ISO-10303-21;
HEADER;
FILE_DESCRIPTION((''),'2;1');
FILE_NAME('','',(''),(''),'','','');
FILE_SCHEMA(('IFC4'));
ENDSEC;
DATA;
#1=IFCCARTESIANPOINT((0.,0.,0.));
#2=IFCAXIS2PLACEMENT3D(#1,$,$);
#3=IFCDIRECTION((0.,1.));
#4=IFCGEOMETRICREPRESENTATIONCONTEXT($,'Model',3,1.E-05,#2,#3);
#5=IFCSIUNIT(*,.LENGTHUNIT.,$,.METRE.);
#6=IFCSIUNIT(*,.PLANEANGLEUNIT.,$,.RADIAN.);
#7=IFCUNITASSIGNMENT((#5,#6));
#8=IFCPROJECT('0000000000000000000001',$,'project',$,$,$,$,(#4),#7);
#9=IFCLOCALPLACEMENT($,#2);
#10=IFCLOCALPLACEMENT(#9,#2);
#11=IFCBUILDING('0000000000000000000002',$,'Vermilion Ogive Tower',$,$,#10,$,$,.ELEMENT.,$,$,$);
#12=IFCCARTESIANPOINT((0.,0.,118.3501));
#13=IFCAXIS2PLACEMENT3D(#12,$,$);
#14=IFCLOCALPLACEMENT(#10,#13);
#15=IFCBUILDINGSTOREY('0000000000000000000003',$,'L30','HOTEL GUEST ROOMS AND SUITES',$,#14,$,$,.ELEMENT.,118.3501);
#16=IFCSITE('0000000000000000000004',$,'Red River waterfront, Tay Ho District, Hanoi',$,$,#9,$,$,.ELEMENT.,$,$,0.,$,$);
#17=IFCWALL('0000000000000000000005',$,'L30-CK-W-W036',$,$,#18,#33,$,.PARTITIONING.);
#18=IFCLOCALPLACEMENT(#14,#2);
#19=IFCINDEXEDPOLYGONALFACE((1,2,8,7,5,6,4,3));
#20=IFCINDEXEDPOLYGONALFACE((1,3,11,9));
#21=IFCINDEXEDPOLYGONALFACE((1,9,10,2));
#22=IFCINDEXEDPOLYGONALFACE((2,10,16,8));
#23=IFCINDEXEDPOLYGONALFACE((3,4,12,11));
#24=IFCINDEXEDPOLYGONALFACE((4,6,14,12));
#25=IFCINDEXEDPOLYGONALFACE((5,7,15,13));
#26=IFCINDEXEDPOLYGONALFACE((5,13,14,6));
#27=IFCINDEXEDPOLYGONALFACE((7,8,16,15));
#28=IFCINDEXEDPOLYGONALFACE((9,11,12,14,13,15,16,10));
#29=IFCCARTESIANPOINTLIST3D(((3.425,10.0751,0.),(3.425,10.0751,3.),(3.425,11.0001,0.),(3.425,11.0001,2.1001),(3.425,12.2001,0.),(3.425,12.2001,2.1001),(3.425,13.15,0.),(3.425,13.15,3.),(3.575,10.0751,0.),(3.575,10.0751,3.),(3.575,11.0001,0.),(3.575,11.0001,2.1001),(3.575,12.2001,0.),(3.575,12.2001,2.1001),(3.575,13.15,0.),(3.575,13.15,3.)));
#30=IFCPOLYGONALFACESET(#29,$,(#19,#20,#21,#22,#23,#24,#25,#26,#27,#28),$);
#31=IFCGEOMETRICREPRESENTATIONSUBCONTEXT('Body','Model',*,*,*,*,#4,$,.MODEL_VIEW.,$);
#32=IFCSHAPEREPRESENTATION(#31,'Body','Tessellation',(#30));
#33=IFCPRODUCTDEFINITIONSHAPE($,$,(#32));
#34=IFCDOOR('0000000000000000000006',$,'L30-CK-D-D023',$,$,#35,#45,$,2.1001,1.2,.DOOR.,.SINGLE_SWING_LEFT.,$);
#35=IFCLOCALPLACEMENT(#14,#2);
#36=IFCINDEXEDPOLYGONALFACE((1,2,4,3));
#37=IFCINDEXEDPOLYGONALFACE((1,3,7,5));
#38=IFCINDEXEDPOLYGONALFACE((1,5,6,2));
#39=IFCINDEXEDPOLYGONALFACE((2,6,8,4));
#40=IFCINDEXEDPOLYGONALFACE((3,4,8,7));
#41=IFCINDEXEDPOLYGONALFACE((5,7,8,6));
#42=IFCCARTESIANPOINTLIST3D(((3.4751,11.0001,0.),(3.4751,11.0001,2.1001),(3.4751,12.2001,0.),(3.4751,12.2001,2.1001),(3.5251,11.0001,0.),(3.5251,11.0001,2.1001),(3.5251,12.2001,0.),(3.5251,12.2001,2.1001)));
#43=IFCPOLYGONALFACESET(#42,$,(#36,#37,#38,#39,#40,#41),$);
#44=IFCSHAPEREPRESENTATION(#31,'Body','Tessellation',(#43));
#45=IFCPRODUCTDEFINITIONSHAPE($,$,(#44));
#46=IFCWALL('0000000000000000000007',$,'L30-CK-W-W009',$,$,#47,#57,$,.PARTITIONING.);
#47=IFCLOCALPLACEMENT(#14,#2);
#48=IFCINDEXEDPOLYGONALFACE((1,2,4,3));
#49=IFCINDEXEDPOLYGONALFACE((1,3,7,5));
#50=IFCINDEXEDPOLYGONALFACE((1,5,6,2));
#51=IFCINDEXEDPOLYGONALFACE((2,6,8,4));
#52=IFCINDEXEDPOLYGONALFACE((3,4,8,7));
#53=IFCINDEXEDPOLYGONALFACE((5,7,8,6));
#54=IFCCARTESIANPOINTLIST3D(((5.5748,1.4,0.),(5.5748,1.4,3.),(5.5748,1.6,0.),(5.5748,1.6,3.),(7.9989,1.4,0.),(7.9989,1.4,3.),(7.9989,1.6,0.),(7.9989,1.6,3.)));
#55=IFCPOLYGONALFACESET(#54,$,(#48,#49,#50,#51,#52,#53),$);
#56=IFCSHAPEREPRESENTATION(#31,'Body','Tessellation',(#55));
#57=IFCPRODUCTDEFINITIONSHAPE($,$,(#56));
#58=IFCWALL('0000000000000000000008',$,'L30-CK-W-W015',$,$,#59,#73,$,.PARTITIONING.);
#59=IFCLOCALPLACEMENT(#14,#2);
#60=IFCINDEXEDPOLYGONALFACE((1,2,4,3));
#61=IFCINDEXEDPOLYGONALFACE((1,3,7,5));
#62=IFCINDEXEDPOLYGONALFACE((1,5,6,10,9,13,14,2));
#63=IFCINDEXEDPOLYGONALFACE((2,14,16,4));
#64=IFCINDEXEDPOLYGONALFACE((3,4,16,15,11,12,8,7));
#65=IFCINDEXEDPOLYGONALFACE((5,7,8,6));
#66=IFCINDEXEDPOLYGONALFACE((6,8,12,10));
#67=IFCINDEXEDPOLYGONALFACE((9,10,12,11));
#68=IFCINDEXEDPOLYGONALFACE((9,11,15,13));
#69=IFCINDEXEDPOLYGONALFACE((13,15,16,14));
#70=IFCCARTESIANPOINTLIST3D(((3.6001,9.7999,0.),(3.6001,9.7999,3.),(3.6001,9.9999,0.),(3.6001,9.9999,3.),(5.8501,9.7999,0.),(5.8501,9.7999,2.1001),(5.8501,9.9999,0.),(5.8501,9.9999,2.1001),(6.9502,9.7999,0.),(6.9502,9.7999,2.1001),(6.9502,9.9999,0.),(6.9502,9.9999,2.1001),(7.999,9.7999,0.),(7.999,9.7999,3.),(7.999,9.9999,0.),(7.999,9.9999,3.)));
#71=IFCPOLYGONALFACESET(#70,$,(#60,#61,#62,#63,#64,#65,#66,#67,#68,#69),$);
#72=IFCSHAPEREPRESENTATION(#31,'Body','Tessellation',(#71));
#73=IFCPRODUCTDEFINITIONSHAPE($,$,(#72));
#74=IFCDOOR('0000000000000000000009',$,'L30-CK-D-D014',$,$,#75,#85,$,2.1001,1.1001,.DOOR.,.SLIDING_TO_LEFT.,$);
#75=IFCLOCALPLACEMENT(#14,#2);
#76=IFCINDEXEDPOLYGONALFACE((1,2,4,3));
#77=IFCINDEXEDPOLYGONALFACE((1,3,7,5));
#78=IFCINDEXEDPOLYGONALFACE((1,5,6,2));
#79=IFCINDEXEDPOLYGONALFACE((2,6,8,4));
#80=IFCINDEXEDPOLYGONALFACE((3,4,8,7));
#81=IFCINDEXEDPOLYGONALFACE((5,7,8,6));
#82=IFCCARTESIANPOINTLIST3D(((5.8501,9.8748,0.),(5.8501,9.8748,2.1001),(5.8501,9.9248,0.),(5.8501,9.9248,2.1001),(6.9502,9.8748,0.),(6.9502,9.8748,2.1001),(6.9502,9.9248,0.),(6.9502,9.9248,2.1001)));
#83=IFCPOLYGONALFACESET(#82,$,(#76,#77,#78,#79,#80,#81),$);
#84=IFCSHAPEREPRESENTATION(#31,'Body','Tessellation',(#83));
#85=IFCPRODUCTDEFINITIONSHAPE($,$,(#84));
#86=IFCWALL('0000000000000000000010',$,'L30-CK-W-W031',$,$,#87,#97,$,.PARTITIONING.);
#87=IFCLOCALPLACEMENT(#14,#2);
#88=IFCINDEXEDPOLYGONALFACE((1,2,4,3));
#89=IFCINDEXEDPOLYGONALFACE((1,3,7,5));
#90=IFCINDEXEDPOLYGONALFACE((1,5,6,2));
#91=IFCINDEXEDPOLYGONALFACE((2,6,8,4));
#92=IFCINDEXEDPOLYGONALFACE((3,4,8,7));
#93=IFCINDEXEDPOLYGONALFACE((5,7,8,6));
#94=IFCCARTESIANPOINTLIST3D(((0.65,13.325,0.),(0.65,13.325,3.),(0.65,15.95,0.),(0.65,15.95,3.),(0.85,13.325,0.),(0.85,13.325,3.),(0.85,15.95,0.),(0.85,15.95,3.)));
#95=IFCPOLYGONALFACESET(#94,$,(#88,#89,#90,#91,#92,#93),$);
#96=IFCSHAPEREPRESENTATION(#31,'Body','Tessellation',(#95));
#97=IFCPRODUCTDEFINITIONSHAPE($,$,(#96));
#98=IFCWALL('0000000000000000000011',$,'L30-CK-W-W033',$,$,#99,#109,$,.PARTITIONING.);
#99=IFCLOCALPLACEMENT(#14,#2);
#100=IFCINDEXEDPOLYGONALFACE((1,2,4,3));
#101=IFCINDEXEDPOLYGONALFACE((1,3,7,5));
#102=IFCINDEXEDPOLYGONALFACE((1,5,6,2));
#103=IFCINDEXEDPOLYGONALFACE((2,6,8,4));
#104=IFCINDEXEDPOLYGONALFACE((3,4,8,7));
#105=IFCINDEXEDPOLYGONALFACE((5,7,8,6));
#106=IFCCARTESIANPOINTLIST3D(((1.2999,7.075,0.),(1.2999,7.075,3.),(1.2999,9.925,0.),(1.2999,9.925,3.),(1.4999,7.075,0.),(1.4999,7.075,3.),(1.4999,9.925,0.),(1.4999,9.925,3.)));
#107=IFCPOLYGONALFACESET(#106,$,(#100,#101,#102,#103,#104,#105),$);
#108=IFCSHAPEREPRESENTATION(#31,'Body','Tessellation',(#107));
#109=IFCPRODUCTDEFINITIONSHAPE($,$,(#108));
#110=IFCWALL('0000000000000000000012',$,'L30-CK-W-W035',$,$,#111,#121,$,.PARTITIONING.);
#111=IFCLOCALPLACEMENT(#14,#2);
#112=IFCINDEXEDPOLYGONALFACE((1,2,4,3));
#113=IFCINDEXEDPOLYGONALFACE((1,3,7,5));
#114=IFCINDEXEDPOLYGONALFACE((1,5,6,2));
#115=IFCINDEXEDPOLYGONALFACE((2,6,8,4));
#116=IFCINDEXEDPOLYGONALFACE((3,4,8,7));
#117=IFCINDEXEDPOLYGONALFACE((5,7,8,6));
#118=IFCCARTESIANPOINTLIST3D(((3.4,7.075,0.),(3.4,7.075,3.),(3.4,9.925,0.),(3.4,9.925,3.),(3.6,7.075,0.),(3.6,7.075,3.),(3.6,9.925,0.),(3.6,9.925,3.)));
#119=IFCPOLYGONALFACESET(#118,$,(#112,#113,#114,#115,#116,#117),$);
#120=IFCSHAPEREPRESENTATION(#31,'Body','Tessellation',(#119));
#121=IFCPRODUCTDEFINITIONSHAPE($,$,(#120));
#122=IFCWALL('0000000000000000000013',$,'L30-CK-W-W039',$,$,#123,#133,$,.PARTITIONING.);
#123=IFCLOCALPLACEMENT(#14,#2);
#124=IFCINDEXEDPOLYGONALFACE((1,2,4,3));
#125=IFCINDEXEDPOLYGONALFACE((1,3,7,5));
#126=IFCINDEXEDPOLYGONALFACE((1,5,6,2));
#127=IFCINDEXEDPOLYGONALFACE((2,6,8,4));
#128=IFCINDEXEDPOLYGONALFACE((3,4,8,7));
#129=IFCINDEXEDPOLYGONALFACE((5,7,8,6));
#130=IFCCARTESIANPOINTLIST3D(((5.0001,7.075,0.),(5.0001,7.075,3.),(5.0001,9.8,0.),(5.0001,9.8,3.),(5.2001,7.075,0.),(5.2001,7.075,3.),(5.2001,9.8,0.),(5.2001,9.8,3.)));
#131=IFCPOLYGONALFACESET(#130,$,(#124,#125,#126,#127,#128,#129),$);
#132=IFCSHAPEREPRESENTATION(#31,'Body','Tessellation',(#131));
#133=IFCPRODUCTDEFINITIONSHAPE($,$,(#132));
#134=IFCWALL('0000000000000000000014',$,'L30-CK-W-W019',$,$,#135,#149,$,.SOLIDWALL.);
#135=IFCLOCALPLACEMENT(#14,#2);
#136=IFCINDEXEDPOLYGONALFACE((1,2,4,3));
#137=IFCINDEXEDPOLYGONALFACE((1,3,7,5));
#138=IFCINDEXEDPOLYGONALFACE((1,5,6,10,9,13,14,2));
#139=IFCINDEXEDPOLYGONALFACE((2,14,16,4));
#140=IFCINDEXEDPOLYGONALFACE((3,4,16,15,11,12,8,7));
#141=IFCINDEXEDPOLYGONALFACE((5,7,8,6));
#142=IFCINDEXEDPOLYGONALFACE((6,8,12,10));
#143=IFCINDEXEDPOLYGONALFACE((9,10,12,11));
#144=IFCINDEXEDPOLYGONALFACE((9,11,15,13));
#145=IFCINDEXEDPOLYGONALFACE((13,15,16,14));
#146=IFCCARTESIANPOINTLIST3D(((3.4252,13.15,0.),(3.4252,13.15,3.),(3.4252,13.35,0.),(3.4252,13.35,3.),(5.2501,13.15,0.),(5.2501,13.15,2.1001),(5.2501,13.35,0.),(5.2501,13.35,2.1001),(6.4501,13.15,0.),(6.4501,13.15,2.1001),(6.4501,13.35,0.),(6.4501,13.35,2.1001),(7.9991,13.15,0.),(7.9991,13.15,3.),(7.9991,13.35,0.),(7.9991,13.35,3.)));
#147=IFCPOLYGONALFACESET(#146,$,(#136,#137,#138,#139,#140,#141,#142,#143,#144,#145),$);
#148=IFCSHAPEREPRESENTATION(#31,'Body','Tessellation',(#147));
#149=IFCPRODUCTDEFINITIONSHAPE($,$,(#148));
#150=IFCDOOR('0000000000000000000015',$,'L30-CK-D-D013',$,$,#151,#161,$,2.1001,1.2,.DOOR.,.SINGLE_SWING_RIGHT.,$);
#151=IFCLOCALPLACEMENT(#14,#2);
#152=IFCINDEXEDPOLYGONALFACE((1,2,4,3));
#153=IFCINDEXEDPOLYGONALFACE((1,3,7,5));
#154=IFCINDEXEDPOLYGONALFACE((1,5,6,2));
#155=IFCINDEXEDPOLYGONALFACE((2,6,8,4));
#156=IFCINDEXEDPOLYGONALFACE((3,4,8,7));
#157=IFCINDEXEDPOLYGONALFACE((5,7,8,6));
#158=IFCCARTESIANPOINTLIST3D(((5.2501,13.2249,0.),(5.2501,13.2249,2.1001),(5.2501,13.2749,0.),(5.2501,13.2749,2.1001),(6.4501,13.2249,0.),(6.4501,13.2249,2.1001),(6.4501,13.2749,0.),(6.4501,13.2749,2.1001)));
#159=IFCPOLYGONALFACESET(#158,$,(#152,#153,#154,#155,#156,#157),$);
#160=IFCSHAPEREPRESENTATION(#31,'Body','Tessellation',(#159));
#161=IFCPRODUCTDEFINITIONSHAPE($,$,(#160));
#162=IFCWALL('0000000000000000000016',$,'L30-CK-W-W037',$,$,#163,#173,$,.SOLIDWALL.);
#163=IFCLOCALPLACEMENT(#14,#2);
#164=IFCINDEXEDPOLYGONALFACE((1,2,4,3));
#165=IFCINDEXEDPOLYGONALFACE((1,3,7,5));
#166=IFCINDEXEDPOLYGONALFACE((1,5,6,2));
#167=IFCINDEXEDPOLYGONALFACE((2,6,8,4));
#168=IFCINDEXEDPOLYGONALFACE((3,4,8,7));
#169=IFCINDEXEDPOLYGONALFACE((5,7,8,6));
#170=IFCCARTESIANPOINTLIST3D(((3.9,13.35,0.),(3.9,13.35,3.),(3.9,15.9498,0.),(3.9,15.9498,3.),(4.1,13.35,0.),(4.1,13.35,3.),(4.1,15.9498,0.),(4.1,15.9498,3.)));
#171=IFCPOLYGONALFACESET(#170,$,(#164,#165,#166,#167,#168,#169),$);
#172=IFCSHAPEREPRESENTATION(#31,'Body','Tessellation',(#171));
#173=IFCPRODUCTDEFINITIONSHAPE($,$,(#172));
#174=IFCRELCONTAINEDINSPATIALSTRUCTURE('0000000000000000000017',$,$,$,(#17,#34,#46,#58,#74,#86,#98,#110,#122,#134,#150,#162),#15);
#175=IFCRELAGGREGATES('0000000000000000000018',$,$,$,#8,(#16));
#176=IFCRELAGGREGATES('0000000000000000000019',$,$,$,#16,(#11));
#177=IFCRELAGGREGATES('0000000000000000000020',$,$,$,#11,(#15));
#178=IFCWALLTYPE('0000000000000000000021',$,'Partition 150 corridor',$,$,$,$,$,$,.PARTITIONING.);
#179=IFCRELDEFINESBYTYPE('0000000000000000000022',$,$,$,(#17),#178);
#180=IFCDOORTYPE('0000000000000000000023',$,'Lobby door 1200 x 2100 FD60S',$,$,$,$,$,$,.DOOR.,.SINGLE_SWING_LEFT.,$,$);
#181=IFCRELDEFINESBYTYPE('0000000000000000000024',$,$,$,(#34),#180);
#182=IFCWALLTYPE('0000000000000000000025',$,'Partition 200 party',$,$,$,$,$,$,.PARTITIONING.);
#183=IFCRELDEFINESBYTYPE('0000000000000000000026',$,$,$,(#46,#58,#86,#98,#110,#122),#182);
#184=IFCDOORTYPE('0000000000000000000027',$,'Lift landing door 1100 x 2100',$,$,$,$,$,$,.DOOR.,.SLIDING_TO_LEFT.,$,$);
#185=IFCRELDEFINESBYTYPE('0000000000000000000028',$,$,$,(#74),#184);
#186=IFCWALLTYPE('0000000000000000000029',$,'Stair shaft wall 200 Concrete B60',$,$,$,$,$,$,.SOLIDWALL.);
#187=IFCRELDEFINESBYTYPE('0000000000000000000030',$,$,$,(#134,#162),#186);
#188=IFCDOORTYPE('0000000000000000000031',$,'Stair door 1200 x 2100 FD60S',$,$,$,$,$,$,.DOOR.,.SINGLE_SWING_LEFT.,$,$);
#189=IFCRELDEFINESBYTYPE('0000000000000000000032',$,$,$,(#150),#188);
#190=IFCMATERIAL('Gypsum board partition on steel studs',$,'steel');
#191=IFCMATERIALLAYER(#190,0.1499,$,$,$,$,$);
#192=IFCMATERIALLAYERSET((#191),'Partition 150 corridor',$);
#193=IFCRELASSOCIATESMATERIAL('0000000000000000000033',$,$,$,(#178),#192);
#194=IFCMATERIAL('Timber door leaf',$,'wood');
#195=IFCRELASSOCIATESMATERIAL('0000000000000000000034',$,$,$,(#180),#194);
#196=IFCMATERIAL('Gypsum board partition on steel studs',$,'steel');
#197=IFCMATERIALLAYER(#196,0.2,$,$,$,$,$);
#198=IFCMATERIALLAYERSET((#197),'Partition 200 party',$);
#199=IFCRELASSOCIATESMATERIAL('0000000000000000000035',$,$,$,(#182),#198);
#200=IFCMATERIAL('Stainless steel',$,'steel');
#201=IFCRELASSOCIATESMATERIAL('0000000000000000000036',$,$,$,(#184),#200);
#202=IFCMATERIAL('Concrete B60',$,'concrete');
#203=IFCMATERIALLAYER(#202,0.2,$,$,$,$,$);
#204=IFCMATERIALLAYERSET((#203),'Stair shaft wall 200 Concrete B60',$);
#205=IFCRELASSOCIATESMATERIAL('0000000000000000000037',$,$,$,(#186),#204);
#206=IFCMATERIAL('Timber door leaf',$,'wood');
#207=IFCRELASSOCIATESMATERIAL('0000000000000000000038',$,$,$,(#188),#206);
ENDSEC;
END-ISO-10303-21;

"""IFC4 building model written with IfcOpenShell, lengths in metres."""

from ifc_helpers import new_model, si_unit, direction, frame, frame_2d, origin, place, context, subcontext, project, spatial, rectangle, extrude, material, layer, layer_set, type_object, element, fill, save


model = new_model("IFC4")

# Units and contexts
model_context = context("Model", 3, precision=1e-05, world=origin(), true_north=direction((0.0, 1.0)))
body_context = subcontext(model_context, "Body", "Model", "MODEL_VIEW")
ifc_project = project(units=[si_unit("LENGTHUNIT", "METRE"), si_unit("PLANEANGLEUNIT", "RADIAN")], contexts=[model_context])

# Site, building, storey
site_placement = place(None, origin())
site = spatial("IfcSite", under=ifc_project, at=site_placement, Name="Red River waterfront, Tay Ho District, Hanoi", CompositionType="ELEMENT", RefElevation=0.0)
building_placement = place(site_placement, origin())
building = spatial("IfcBuilding", under=site, at=building_placement, Name="Vermilion Ogive Tower", CompositionType="ELEMENT")
storey_placement = place(building_placement, frame((0.0, 0.0, 118.3501)))
storey = spatial("IfcBuildingStorey", under=building, at=storey_placement, Name="L30", Description="HOTEL GUEST ROOMS AND SUITES", CompositionType="ELEMENT", Elevation=118.3501)

# Shared definitions
ifc_material_1 = material(Name="Gypsum board partition on steel studs", Category="steel")
ifc_layer_1 = layer(ifc_material_1, 0.1499)
ifc_layer_set_1 = layer_set([ifc_layer_1], Name="Partition 150 corridor")
wall_type_1 = type_object("IfcWallType", Name="Partition 150 corridor", PredefinedType="PARTITIONING", material=ifc_layer_set_1)

# Wall, opening, door
wall_1_placement = place(storey_placement, frame((3.5, 10.075, 0.0), z_axis=(0.0, 0.0, 1.0), x_axis=(0.0, 1.0, 0.0)))
wall_1 = element("IfcWall", 1, at=wall_1_placement, inside=storey, type_object=wall_type_1, Name="L30-CK-W-W036", PredefinedType="PARTITIONING", context=body_context, shape_type="SweptSolid", body=[
    extrude(rectangle(XDim=3.075, YDim=0.1499, at=frame_2d((1.5376, 0.0))), origin(), (0.0, 0.0, 1.0), 3.0),
])
opening_1_placement = place(wall_1_placement, frame((0.925, 0.0, 0.0)))
opening_1 = element("IfcOpeningElement", 2, at=opening_1_placement, cuts=wall_1, PredefinedType="OPENING", context=body_context, shape_type="SweptSolid", body=[
    extrude(rectangle(XDim=1.2, YDim=2.1001, at=frame_2d((0.6001, 1.05))), frame((0.0, 0.085, 0.0), z_axis=(0.0, -1.0, 0.0), x_axis=(1.0, 0.0, 0.0)), (0.0, 0.0, 1.0), 0.1699),
])
ifc_material_2 = material(Name="Timber door leaf", Category="wood")
door_type_1 = type_object("IfcDoorType", Name="Lobby door 1200 x 2100 FD60S", OperationType="SINGLE_SWING_LEFT", PredefinedType="DOOR", material=ifc_material_2)
door_1_placement = place(opening_1_placement, origin())
door_1 = element("IfcDoor", 3, at=door_1_placement, inside=storey, type_object=door_type_1, Name="L30-CK-D-D023", OperationType="SINGLE_SWING_LEFT", OverallHeight=2.1001, OverallWidth=1.2, PredefinedType="DOOR", context=body_context, shape_type="SweptSolid", body=[
    extrude(rectangle(XDim=1.2, YDim=2.1001, at=frame_2d((0.6001, 1.05))), frame((0.0, 0.0249, 0.0), z_axis=(0.0, -1.0, 0.0), x_axis=(1.0, 0.0, 0.0)), (0.0, 0.0, 1.0), 0.05),
])
fill(opening_1, door_1)

# Wall
ifc_material_3 = material(Name="Gypsum board partition on steel studs", Category="steel")
ifc_layer_2 = layer(ifc_material_3, 0.2)
ifc_layer_set_2 = layer_set([ifc_layer_2], Name="Partition 200 party")
wall_type_2 = type_object("IfcWallType", Name="Partition 200 party", PredefinedType="PARTITIONING", material=ifc_layer_set_2)
wall_2_placement = place(storey_placement, frame((5.575, 1.5, 0.0), z_axis=(0.0, 0.0, 1.0), x_axis=(1.0, 0.0, 0.0)))
element("IfcWall", 4, at=wall_2_placement, inside=storey, type_object=wall_type_2, Name="L30-CK-W-W009", PredefinedType="PARTITIONING", context=body_context, shape_type="SweptSolid", body=[
    extrude(rectangle(XDim=2.4241, YDim=0.2, at=frame_2d((1.2119, 0.0))), origin(), (0.0, 0.0, 1.0), 3.0),
])

# Wall, opening, door
wall_3_placement = place(storey_placement, frame((3.6001, 9.8999, 0.0), z_axis=(0.0, 0.0, 1.0), x_axis=(1.0, 0.0, 0.0)))
wall_3 = element("IfcWall", 5, at=wall_3_placement, inside=storey, type_object=wall_type_2, Name="L30-CK-W-W015", PredefinedType="PARTITIONING", context=body_context, shape_type="SweptSolid", body=[
    extrude(rectangle(XDim=4.3989, YDim=0.2, at=frame_2d((2.1995, 0.0))), origin(), (0.0, 0.0, 1.0), 3.0),
])
opening_2_placement = place(wall_3_placement, frame((2.25, 0.0, 0.0)))
opening_2 = element("IfcOpeningElement", 6, at=opening_2_placement, cuts=wall_3, PredefinedType="OPENING", context=body_context, shape_type="SweptSolid", body=[
    extrude(rectangle(XDim=1.1001, YDim=2.1001, at=frame_2d((0.55, 1.05))), frame((0.0, 0.1099, 0.0), z_axis=(0.0, -1.0, 0.0), x_axis=(1.0, 0.0, 0.0)), (0.0, 0.0, 1.0), 0.22),
])
ifc_material_4 = material(Name="Stainless steel", Category="steel")
door_type_2 = type_object("IfcDoorType", Name="Lift landing door 1100 x 2100", OperationType="SLIDING_TO_LEFT", PredefinedType="DOOR", material=ifc_material_4)
door_2_placement = place(opening_2_placement, origin())
door_2 = element("IfcDoor", 7, at=door_2_placement, inside=storey, type_object=door_type_2, Name="L30-CK-D-D014", OperationType="SLIDING_TO_LEFT", OverallHeight=2.1001, OverallWidth=1.1001, PredefinedType="DOOR", context=body_context, shape_type="SweptSolid", body=[
    extrude(rectangle(XDim=1.1001, YDim=2.1001, at=frame_2d((0.55, 1.05))), frame((0.0, 0.0249, 0.0), z_axis=(0.0, -1.0, 0.0), x_axis=(1.0, 0.0, 0.0)), (0.0, 0.0, 1.0), 0.05),
])
fill(opening_2, door_2)

# Walls
wall_4_placement = place(storey_placement, frame((0.75, 13.325, 0.0), z_axis=(0.0, 0.0, 1.0), x_axis=(0.0, 1.0, 0.0)))
element("IfcWall", 8, at=wall_4_placement, inside=storey, type_object=wall_type_2, Name="L30-CK-W-W031", PredefinedType="PARTITIONING", context=body_context, shape_type="SweptSolid", body=[
    extrude(rectangle(XDim=2.625, YDim=0.2, at=frame_2d((1.3125, 0.0))), origin(), (0.0, 0.0, 1.0), 3.0),
])
for number, where, z_axis, x_axis, name in (
    (9, (1.3999, 7.075, 0.0), (0.0, 0.0, 1.0), (0.0, 1.0, 0.0), "L30-CK-W-W033"),
    (10, (3.5, 7.075, 0.0), (0.0, 0.0, 1.0), (0.0, 1.0, 0.0), "L30-CK-W-W035"),
):
    element("IfcWall", number, at=place(storey_placement, frame(where, z_axis=z_axis, x_axis=x_axis)), inside=storey, type_object=wall_type_2, Name=name, PredefinedType="PARTITIONING", context=body_context, shape_type="SweptSolid", body=[
        extrude(rectangle(XDim=2.8501, YDim=0.2, at=frame_2d((1.425, 0.0))), origin(), (0.0, 0.0, 1.0), 3.0),
    ])
wall_5_placement = place(storey_placement, frame((5.1001, 7.075, 0.0), z_axis=(0.0, 0.0, 1.0), x_axis=(0.0, 1.0, 0.0)))
element("IfcWall", 11, at=wall_5_placement, inside=storey, type_object=wall_type_2, Name="L30-CK-W-W039", PredefinedType="PARTITIONING", context=body_context, shape_type="SweptSolid", body=[
    extrude(rectangle(XDim=2.7251, YDim=0.2, at=frame_2d((1.3625, 0.0))), origin(), (0.0, 0.0, 1.0), 3.0),
])

# Wall, opening, door
ifc_material_5 = material(Name="Concrete B60", Category="concrete")
ifc_layer_3 = layer(ifc_material_5, 0.2)
ifc_layer_set_3 = layer_set([ifc_layer_3], Name="Stair shaft wall 200 Concrete B60")
wall_type_3 = type_object("IfcWallType", Name="Stair shaft wall 200 Concrete B60", PredefinedType="SOLIDWALL", material=ifc_layer_set_3)
wall_6_placement = place(storey_placement, frame((3.425, 13.25, 0.0), z_axis=(0.0, 0.0, 1.0), x_axis=(1.0, 0.0, 0.0)))
wall_6 = element("IfcWall", 12, at=wall_6_placement, inside=storey, type_object=wall_type_3, Name="L30-CK-W-W019", PredefinedType="SOLIDWALL", context=body_context, shape_type="SweptSolid", body=[
    extrude(rectangle(XDim=4.574, YDim=0.2, at=frame_2d((2.2871, 0.0))), origin(), (0.0, 0.0, 1.0), 3.0),
])
opening_3_placement = place(wall_6_placement, frame((1.825, 0.0, 0.0)))
opening_3 = element("IfcOpeningElement", 13, at=opening_3_placement, cuts=wall_6, PredefinedType="OPENING", context=body_context, shape_type="SweptSolid", body=[
    extrude(rectangle(XDim=1.2, YDim=2.1001, at=frame_2d((0.6001, 1.05))), frame((0.0, 0.1099, 0.0), z_axis=(0.0, -1.0, 0.0), x_axis=(1.0, 0.0, 0.0)), (0.0, 0.0, 1.0), 0.22),
])
ifc_material_6 = material(Name="Timber door leaf", Category="wood")
door_type_3 = type_object("IfcDoorType", Name="Stair door 1200 x 2100 FD60S", OperationType="SINGLE_SWING_LEFT", PredefinedType="DOOR", material=ifc_material_6)
door_3_placement = place(opening_3_placement, origin())
door_3 = element("IfcDoor", 14, at=door_3_placement, inside=storey, type_object=door_type_3, Name="L30-CK-D-D013", OperationType="SINGLE_SWING_RIGHT", OverallHeight=2.1001, OverallWidth=1.2, PredefinedType="DOOR", context=body_context, shape_type="SweptSolid", body=[
    extrude(rectangle(XDim=1.2, YDim=2.1001, at=frame_2d((0.6001, 1.05))), frame((0.0, 0.0249, 0.0), z_axis=(0.0, -1.0, 0.0), x_axis=(1.0, 0.0, 0.0)), (0.0, 0.0, 1.0), 0.05),
])
fill(opening_3, door_3)

# Wall
wall_7_placement = place(storey_placement, frame((4.0, 13.3501, 0.0), z_axis=(0.0, 0.0, 1.0), x_axis=(0.0, 1.0, 0.0)))
element("IfcWall", 15, at=wall_7_placement, inside=storey, type_object=wall_type_3, Name="L30-CK-W-W037", PredefinedType="SOLIDWALL", context=body_context, shape_type="SweptSolid", body=[
    extrude(rectangle(XDim=2.5999, YDim=0.2, at=frame_2d((1.2998, 0.0))), origin(), (0.0, 0.0, 1.0), 3.0),
])

save(model, "model.ifc")
